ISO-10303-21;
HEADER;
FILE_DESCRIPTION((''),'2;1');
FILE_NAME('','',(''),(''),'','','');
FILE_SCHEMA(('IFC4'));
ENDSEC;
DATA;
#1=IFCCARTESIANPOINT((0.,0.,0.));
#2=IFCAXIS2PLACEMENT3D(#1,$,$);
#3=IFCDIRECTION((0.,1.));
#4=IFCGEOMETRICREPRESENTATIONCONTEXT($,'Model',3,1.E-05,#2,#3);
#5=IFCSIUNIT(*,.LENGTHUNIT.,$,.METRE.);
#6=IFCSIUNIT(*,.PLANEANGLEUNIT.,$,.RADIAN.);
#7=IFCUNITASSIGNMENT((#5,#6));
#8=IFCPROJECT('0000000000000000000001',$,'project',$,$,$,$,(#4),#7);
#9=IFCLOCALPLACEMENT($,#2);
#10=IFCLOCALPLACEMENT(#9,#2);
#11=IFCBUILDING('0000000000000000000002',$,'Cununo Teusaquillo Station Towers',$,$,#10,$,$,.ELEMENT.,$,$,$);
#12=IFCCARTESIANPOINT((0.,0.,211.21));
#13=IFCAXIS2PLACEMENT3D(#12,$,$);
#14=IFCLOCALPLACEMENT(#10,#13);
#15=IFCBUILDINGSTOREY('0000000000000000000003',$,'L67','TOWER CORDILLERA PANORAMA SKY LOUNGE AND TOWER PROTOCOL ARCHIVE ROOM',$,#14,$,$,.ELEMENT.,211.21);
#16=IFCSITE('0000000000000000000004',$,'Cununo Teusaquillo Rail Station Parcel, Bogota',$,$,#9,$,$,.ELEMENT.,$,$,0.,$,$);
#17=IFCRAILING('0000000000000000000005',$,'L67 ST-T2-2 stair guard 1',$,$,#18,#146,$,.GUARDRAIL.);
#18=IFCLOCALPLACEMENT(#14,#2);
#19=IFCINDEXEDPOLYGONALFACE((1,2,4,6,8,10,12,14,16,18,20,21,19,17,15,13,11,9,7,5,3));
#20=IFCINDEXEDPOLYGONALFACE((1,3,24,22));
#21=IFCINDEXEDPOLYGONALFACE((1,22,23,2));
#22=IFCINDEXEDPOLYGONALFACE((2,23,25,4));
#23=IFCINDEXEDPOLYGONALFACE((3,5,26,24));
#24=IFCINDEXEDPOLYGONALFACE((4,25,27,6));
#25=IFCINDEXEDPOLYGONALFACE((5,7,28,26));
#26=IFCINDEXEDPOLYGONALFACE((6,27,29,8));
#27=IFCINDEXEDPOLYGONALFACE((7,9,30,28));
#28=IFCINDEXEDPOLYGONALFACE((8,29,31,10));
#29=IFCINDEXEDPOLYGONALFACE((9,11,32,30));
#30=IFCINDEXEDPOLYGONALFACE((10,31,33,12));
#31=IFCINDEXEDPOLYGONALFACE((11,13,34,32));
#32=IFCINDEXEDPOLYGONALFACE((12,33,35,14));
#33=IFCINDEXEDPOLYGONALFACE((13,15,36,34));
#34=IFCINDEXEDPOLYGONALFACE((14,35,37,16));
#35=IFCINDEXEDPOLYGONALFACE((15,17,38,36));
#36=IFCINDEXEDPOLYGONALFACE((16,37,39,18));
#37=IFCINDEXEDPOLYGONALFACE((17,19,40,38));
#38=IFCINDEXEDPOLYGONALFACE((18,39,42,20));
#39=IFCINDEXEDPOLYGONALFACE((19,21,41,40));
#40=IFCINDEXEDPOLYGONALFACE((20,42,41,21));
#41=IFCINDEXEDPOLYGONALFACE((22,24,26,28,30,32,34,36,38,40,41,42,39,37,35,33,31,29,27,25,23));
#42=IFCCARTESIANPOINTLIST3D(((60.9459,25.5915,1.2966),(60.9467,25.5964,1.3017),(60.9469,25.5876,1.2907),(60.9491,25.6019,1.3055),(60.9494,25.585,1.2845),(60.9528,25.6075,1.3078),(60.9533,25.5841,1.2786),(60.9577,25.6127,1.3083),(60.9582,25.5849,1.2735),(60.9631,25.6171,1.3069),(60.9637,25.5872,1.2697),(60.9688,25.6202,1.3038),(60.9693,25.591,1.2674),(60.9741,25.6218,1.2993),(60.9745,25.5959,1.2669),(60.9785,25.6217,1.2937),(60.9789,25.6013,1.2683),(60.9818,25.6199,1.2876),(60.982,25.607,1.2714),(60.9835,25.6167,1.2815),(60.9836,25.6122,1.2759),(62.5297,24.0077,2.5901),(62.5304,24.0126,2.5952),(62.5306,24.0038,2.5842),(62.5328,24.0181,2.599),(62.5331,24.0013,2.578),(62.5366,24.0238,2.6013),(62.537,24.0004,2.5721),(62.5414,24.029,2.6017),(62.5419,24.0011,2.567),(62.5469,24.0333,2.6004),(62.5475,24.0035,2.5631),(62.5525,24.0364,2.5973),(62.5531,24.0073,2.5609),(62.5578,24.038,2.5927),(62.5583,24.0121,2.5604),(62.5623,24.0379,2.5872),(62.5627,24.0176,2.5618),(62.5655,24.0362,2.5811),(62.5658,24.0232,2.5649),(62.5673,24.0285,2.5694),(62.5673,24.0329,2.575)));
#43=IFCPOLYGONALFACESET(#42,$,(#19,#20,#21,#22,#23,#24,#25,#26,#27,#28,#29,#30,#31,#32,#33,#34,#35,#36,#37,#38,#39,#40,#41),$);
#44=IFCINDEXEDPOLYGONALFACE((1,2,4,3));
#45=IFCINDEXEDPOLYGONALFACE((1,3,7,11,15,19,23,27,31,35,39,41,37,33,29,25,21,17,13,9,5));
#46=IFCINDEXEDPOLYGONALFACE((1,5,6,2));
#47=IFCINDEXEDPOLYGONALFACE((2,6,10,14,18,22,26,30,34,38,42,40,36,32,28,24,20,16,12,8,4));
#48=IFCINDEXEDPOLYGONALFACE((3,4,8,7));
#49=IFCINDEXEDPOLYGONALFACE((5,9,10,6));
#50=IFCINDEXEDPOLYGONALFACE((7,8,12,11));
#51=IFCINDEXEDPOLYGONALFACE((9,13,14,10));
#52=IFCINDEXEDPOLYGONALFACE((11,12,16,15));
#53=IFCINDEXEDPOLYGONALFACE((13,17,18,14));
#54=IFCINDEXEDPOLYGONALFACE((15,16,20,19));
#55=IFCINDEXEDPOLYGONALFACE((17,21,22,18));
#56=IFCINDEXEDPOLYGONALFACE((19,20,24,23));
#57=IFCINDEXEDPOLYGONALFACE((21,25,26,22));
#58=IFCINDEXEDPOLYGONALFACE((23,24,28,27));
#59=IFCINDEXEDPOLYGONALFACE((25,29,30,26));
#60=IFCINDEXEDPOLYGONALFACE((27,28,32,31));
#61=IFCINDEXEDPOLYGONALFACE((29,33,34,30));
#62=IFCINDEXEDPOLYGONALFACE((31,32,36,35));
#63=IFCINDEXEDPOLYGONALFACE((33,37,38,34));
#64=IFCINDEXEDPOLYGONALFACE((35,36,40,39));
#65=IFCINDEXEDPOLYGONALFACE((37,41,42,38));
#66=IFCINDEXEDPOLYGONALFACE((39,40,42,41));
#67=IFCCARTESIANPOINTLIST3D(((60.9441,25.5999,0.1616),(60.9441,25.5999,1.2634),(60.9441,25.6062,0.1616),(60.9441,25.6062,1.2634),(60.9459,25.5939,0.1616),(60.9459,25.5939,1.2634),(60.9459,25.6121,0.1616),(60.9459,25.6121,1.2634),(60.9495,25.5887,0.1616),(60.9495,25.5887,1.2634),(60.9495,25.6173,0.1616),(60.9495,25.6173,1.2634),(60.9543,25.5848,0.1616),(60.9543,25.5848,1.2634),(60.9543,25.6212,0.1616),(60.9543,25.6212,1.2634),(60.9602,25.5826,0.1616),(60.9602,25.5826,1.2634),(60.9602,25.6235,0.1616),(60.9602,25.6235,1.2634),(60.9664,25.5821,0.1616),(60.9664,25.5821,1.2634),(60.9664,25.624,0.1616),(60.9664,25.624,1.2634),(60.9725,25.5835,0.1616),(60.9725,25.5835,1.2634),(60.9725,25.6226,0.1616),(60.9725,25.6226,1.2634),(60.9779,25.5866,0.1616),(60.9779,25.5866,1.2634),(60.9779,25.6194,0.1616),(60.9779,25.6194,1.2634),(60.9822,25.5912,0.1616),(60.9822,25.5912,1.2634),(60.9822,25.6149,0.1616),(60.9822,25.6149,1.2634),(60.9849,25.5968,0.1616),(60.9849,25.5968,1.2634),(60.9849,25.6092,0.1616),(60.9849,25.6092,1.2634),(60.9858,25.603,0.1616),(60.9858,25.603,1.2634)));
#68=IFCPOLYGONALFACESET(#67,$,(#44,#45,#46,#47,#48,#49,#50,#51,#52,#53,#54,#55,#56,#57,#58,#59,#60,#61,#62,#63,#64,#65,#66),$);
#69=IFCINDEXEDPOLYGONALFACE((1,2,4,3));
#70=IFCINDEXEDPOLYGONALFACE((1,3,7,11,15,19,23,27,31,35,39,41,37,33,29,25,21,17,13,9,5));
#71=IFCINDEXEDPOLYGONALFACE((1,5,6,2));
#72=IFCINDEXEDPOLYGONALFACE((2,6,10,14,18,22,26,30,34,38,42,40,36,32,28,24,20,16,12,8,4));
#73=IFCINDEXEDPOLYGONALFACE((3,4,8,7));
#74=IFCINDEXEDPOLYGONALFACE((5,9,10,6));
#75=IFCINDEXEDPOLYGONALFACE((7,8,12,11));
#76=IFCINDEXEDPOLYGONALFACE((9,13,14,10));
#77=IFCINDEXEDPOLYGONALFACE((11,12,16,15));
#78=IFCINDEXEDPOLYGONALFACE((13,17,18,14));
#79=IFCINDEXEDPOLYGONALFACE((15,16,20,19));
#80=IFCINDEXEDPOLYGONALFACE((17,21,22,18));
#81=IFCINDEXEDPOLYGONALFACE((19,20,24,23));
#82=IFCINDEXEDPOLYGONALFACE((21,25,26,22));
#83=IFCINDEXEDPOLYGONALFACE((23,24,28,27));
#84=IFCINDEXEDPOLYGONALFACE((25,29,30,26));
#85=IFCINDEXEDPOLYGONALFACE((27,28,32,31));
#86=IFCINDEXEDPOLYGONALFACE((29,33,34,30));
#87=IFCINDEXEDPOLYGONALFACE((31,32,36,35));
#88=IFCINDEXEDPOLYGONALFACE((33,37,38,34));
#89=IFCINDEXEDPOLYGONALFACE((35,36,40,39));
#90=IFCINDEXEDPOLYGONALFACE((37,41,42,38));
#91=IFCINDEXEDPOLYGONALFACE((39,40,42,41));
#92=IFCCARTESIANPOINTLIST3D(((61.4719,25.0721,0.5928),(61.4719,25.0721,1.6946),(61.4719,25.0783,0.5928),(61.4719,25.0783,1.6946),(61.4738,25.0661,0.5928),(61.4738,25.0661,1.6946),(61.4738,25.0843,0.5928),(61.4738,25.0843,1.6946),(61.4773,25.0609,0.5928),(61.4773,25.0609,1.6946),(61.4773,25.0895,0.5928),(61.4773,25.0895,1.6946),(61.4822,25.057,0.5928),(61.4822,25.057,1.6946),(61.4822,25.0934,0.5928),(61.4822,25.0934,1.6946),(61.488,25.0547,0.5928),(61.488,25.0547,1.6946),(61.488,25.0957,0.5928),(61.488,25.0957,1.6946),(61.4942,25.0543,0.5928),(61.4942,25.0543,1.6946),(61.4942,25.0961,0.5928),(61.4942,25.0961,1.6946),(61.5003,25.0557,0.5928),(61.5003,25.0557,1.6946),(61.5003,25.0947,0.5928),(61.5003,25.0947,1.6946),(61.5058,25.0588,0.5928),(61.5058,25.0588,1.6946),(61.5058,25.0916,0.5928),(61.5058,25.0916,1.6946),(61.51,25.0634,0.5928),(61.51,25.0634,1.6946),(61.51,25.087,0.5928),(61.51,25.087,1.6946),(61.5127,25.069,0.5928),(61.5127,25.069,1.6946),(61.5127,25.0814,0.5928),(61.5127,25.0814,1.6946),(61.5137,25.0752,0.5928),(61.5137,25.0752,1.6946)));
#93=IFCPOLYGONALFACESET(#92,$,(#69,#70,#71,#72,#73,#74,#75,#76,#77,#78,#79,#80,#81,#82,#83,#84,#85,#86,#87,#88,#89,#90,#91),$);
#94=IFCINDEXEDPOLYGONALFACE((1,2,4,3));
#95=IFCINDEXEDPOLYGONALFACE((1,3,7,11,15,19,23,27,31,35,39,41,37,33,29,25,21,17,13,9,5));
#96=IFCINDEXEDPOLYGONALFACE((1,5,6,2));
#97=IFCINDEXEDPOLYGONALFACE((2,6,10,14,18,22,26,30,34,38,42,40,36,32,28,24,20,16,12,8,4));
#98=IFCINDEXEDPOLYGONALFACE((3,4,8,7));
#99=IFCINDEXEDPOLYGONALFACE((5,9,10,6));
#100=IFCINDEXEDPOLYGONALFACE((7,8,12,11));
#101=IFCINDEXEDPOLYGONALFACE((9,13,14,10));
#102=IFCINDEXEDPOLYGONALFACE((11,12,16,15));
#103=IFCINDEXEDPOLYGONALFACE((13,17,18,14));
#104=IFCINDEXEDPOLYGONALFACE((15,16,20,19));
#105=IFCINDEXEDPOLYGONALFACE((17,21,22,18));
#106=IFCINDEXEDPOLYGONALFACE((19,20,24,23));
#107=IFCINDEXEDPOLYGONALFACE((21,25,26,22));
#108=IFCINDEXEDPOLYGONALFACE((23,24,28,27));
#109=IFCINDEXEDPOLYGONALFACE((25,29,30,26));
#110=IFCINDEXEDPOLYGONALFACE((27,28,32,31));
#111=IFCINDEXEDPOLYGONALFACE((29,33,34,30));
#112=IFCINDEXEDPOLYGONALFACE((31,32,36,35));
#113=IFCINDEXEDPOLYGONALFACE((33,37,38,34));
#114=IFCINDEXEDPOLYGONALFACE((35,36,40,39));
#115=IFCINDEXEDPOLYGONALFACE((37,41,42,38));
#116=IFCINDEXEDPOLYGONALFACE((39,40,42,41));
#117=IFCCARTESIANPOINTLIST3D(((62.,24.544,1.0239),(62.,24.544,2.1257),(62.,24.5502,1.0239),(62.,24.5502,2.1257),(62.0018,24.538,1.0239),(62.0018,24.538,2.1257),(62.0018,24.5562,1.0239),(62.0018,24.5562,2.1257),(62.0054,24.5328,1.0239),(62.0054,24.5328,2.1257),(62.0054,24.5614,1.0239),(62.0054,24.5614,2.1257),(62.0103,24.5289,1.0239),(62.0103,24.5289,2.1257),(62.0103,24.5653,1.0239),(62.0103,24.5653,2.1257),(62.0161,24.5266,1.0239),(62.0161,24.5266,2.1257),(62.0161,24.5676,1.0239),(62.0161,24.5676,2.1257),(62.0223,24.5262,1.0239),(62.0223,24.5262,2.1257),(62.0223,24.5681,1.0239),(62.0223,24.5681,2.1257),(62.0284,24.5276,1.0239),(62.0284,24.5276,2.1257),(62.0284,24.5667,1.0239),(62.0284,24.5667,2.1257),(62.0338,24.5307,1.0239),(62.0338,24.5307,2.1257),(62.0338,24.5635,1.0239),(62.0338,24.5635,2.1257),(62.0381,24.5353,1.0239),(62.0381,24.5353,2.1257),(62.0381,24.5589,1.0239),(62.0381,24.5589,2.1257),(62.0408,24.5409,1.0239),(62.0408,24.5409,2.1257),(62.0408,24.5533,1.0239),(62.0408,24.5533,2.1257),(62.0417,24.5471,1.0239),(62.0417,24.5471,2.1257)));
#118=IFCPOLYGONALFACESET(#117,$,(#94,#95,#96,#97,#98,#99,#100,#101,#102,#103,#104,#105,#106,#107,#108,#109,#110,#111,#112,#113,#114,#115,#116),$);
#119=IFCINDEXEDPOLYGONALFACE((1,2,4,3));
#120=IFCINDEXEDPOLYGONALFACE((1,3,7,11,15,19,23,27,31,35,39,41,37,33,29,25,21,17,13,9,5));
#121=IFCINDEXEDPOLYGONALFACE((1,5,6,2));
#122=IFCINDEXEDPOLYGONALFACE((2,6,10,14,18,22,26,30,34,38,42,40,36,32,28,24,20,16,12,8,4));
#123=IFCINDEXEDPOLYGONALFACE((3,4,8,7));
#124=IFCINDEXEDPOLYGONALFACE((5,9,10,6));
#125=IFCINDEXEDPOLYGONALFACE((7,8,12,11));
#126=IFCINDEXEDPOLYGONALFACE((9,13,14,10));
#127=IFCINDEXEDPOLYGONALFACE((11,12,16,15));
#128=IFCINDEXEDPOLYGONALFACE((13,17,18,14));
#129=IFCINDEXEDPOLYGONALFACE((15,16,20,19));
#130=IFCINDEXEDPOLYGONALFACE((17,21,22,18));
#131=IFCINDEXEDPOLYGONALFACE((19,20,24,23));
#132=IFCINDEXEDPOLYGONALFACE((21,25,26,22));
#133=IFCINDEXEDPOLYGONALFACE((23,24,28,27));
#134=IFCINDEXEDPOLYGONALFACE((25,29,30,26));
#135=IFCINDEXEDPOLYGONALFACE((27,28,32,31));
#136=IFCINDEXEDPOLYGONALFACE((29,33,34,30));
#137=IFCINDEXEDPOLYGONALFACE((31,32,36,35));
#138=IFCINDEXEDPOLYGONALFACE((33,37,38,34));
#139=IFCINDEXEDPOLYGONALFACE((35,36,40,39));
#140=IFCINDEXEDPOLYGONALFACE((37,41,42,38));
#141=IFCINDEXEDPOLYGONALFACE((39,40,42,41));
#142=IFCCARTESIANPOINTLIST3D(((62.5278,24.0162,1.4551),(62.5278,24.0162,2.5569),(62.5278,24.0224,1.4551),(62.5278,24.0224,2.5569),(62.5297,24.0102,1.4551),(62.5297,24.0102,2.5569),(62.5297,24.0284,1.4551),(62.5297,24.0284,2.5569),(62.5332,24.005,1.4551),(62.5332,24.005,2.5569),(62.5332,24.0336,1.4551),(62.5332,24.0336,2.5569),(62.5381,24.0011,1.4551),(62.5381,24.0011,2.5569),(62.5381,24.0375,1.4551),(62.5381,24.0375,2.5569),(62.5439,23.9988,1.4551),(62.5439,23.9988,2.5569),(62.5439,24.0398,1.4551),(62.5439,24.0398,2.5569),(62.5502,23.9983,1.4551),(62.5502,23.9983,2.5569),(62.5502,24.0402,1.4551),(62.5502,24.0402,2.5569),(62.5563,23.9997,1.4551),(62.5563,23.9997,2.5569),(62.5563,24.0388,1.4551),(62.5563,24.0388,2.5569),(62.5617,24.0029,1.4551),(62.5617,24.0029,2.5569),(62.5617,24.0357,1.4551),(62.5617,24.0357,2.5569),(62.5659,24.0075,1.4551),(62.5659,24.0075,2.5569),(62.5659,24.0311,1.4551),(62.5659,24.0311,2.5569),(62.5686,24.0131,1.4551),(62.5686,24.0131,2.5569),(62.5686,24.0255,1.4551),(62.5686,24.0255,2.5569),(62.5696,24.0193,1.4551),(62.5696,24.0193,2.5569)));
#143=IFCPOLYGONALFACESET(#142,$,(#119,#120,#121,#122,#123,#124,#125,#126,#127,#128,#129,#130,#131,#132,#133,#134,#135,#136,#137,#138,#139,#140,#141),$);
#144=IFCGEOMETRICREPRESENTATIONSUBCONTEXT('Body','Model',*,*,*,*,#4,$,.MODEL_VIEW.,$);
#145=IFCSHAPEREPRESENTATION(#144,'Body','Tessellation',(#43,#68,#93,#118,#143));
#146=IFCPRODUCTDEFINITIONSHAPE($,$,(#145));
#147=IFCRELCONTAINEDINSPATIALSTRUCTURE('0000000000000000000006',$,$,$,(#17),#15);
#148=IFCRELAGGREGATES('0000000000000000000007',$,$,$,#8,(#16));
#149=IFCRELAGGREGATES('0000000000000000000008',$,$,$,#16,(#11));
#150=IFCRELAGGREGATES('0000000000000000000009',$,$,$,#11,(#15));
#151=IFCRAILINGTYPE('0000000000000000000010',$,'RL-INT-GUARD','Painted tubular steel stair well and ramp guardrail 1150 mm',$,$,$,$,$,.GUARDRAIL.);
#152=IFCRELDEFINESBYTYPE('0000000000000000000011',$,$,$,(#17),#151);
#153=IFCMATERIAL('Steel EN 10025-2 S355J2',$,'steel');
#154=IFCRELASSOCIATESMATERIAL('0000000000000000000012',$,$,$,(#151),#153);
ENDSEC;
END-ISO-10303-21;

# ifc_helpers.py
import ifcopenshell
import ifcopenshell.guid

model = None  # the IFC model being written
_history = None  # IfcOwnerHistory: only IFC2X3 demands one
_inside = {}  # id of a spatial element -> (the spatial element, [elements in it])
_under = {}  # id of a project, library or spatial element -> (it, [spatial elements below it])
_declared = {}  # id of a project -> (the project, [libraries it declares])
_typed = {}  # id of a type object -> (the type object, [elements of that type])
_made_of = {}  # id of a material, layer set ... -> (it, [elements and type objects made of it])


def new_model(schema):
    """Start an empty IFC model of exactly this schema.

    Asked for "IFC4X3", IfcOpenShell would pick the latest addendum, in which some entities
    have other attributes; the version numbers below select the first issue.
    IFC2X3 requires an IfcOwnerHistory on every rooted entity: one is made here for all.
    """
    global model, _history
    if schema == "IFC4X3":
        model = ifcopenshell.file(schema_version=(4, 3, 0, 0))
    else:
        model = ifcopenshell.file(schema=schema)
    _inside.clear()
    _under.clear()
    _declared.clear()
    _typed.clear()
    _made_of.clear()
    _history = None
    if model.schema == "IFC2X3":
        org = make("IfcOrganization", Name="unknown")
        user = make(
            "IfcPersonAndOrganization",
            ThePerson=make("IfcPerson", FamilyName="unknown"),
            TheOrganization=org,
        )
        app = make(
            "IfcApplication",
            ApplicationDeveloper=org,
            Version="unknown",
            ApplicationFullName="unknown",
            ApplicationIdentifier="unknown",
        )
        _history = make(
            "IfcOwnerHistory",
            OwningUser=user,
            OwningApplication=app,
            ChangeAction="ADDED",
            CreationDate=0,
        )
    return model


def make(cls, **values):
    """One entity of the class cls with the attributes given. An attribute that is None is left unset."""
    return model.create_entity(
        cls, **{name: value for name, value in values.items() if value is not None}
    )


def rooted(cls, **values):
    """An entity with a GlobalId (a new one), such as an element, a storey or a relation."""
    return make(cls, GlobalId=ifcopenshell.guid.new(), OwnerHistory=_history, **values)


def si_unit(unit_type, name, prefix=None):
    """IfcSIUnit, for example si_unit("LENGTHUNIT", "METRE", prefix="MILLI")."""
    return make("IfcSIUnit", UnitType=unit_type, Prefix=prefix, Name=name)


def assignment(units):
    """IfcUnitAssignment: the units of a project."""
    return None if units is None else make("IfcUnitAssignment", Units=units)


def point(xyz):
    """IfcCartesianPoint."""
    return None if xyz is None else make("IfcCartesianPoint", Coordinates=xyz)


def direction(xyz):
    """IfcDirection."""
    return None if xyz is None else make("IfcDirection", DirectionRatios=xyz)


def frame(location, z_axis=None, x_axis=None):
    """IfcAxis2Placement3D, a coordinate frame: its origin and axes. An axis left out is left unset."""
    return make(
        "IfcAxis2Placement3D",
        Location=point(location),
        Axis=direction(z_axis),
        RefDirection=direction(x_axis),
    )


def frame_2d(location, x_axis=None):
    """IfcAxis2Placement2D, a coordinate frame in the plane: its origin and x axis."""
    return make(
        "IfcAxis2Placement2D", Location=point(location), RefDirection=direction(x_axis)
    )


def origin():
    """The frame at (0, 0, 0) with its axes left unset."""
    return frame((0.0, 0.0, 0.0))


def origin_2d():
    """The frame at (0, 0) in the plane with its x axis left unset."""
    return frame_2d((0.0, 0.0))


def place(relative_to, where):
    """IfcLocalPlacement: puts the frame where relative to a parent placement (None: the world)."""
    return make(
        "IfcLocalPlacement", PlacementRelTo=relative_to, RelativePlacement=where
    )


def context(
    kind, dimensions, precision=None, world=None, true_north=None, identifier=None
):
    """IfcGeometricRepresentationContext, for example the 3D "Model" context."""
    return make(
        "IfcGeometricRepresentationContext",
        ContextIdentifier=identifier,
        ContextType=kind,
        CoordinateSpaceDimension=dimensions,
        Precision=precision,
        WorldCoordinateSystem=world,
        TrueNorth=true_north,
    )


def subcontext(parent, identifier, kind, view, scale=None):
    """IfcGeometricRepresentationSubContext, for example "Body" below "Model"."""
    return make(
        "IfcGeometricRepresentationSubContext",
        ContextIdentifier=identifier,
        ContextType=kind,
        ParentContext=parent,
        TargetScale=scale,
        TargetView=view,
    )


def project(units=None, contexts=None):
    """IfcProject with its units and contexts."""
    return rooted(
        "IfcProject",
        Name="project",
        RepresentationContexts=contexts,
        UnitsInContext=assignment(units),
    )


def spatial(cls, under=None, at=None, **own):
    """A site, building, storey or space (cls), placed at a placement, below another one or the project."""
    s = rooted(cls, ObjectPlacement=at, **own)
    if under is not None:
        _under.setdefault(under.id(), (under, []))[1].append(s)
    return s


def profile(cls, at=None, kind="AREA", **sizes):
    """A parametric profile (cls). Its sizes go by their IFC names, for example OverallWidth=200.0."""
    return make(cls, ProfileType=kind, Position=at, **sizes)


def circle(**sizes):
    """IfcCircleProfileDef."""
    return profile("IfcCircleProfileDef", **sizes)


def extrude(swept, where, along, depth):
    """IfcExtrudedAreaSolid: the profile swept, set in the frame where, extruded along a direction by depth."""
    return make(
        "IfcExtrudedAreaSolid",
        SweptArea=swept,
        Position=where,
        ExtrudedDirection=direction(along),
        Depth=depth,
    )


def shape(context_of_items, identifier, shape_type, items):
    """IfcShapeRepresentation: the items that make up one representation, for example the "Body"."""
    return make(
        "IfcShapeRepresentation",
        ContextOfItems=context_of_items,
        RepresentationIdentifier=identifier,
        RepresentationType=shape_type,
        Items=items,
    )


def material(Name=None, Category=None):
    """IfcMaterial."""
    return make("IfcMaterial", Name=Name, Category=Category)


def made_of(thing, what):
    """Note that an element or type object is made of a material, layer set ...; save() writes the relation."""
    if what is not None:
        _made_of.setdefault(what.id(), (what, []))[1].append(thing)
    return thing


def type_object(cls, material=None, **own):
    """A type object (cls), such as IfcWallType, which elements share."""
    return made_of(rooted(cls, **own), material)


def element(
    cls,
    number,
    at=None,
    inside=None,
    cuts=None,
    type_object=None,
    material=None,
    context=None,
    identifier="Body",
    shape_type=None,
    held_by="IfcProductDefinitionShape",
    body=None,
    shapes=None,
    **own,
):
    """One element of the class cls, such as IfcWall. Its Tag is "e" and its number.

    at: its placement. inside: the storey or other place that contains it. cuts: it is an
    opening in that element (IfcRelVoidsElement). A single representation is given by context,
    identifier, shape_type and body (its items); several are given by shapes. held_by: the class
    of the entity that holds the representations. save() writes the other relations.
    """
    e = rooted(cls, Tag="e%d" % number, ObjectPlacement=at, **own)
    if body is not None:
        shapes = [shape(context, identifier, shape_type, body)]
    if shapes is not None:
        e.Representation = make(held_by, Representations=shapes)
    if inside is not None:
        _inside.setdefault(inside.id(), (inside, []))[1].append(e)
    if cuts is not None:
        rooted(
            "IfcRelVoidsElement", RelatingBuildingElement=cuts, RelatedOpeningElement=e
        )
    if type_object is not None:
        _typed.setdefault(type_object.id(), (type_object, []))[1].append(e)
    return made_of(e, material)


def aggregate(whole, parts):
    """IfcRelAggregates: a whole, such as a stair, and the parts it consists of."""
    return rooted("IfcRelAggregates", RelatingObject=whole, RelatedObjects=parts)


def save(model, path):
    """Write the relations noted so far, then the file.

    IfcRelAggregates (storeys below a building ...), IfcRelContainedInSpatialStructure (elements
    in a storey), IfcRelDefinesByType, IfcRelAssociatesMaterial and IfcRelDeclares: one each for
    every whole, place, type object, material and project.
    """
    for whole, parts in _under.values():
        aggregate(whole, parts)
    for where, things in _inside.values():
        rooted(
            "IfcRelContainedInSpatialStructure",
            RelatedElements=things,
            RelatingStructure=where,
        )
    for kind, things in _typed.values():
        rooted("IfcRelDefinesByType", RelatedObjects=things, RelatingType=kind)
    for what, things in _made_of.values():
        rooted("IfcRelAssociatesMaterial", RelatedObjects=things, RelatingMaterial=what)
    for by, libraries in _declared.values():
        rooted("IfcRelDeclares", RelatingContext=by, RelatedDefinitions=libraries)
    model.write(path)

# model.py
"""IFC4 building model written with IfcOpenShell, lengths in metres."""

from ifc_helpers import new_model, si_unit, direction, frame, origin, origin_2d, place, context, subcontext, project, spatial, circle, extrude, material, type_object, element, save


model = new_model("IFC4")

# Units and contexts
model_context = context("Model", 3, precision=1e-05, world=origin(), true_north=direction((0.0, 1.0)))
body_context = subcontext(model_context, "Body", "Model", "MODEL_VIEW")
ifc_project = project(units=[si_unit("LENGTHUNIT", "METRE"), si_unit("PLANEANGLEUNIT", "RADIAN")], contexts=[model_context])

# Site, building, storey
site_placement = place(None, origin())
site = spatial("IfcSite", under=ifc_project, at=site_placement, Name="Cununo Teusaquillo Rail Station Parcel, Bogota", CompositionType="ELEMENT", RefElevation=0.0)
building_placement = place(site_placement, origin())
building = spatial("IfcBuilding", under=site, at=building_placement, Name="Cununo Teusaquillo Station Towers", CompositionType="ELEMENT")
storey_placement = place(building_placement, frame((0.0, 0.0, 211.21)))
storey = spatial("IfcBuildingStorey", under=building, at=storey_placement, Name="L67", Description="TOWER CORDILLERA PANORAMA SKY LOUNGE AND TOWER PROTOCOL ARCHIVE ROOM", CompositionType="ELEMENT", Elevation=211.21)

# Railing
ifc_material_1 = material(Name="Steel EN 10025-2 S355J2", Category="steel")
railing_type_1 = type_object("IfcRailingType", Name="RL-INT-GUARD", Description="Painted tubular steel stair well and ramp guardrail 1150 mm", PredefinedType="GUARDRAIL", material=ifc_material_1)
railing_1_placement = place(storey_placement, frame((60.9648, 25.603, 0.1616)))
element("IfcRailing", 1, at=railing_1_placement, inside=storey, type_object=railing_type_1, Name="L67 ST-T2-2 stair guard 1", PredefinedType="GUARDRAIL", context=body_context, shape_type="SweptSolid", body=[
    extrude(circle(Radius=0.0239, at=origin_2d()), frame((0.0, 0.0, 1.126), z_axis=(0.612332, -0.612332, 0.500098), x_axis=(0.707107, 0.707107, 0.0)), (0.0, 0.0, 1.0), 2.5864),
    extrude(circle(Radius=0.021, at=origin_2d()), origin(), (0.0, 0.0, 1.0), 1.1018),
    extrude(circle(Radius=0.021, at=origin_2d()), frame((0.5278, -0.5278, 0.4312)), (0.0, 0.0, 1.0), 1.1018),
    extrude(circle(Radius=0.021, at=origin_2d()), frame((1.0559, -1.0559, 0.8623)), (0.0, 0.0, 1.0), 1.1018),
    extrude(circle(Radius=0.021, at=origin_2d()), frame((1.5837, -1.5837, 1.2935)), (0.0, 0.0, 1.0), 1.1018),
])

save(model, "model.ifc")
